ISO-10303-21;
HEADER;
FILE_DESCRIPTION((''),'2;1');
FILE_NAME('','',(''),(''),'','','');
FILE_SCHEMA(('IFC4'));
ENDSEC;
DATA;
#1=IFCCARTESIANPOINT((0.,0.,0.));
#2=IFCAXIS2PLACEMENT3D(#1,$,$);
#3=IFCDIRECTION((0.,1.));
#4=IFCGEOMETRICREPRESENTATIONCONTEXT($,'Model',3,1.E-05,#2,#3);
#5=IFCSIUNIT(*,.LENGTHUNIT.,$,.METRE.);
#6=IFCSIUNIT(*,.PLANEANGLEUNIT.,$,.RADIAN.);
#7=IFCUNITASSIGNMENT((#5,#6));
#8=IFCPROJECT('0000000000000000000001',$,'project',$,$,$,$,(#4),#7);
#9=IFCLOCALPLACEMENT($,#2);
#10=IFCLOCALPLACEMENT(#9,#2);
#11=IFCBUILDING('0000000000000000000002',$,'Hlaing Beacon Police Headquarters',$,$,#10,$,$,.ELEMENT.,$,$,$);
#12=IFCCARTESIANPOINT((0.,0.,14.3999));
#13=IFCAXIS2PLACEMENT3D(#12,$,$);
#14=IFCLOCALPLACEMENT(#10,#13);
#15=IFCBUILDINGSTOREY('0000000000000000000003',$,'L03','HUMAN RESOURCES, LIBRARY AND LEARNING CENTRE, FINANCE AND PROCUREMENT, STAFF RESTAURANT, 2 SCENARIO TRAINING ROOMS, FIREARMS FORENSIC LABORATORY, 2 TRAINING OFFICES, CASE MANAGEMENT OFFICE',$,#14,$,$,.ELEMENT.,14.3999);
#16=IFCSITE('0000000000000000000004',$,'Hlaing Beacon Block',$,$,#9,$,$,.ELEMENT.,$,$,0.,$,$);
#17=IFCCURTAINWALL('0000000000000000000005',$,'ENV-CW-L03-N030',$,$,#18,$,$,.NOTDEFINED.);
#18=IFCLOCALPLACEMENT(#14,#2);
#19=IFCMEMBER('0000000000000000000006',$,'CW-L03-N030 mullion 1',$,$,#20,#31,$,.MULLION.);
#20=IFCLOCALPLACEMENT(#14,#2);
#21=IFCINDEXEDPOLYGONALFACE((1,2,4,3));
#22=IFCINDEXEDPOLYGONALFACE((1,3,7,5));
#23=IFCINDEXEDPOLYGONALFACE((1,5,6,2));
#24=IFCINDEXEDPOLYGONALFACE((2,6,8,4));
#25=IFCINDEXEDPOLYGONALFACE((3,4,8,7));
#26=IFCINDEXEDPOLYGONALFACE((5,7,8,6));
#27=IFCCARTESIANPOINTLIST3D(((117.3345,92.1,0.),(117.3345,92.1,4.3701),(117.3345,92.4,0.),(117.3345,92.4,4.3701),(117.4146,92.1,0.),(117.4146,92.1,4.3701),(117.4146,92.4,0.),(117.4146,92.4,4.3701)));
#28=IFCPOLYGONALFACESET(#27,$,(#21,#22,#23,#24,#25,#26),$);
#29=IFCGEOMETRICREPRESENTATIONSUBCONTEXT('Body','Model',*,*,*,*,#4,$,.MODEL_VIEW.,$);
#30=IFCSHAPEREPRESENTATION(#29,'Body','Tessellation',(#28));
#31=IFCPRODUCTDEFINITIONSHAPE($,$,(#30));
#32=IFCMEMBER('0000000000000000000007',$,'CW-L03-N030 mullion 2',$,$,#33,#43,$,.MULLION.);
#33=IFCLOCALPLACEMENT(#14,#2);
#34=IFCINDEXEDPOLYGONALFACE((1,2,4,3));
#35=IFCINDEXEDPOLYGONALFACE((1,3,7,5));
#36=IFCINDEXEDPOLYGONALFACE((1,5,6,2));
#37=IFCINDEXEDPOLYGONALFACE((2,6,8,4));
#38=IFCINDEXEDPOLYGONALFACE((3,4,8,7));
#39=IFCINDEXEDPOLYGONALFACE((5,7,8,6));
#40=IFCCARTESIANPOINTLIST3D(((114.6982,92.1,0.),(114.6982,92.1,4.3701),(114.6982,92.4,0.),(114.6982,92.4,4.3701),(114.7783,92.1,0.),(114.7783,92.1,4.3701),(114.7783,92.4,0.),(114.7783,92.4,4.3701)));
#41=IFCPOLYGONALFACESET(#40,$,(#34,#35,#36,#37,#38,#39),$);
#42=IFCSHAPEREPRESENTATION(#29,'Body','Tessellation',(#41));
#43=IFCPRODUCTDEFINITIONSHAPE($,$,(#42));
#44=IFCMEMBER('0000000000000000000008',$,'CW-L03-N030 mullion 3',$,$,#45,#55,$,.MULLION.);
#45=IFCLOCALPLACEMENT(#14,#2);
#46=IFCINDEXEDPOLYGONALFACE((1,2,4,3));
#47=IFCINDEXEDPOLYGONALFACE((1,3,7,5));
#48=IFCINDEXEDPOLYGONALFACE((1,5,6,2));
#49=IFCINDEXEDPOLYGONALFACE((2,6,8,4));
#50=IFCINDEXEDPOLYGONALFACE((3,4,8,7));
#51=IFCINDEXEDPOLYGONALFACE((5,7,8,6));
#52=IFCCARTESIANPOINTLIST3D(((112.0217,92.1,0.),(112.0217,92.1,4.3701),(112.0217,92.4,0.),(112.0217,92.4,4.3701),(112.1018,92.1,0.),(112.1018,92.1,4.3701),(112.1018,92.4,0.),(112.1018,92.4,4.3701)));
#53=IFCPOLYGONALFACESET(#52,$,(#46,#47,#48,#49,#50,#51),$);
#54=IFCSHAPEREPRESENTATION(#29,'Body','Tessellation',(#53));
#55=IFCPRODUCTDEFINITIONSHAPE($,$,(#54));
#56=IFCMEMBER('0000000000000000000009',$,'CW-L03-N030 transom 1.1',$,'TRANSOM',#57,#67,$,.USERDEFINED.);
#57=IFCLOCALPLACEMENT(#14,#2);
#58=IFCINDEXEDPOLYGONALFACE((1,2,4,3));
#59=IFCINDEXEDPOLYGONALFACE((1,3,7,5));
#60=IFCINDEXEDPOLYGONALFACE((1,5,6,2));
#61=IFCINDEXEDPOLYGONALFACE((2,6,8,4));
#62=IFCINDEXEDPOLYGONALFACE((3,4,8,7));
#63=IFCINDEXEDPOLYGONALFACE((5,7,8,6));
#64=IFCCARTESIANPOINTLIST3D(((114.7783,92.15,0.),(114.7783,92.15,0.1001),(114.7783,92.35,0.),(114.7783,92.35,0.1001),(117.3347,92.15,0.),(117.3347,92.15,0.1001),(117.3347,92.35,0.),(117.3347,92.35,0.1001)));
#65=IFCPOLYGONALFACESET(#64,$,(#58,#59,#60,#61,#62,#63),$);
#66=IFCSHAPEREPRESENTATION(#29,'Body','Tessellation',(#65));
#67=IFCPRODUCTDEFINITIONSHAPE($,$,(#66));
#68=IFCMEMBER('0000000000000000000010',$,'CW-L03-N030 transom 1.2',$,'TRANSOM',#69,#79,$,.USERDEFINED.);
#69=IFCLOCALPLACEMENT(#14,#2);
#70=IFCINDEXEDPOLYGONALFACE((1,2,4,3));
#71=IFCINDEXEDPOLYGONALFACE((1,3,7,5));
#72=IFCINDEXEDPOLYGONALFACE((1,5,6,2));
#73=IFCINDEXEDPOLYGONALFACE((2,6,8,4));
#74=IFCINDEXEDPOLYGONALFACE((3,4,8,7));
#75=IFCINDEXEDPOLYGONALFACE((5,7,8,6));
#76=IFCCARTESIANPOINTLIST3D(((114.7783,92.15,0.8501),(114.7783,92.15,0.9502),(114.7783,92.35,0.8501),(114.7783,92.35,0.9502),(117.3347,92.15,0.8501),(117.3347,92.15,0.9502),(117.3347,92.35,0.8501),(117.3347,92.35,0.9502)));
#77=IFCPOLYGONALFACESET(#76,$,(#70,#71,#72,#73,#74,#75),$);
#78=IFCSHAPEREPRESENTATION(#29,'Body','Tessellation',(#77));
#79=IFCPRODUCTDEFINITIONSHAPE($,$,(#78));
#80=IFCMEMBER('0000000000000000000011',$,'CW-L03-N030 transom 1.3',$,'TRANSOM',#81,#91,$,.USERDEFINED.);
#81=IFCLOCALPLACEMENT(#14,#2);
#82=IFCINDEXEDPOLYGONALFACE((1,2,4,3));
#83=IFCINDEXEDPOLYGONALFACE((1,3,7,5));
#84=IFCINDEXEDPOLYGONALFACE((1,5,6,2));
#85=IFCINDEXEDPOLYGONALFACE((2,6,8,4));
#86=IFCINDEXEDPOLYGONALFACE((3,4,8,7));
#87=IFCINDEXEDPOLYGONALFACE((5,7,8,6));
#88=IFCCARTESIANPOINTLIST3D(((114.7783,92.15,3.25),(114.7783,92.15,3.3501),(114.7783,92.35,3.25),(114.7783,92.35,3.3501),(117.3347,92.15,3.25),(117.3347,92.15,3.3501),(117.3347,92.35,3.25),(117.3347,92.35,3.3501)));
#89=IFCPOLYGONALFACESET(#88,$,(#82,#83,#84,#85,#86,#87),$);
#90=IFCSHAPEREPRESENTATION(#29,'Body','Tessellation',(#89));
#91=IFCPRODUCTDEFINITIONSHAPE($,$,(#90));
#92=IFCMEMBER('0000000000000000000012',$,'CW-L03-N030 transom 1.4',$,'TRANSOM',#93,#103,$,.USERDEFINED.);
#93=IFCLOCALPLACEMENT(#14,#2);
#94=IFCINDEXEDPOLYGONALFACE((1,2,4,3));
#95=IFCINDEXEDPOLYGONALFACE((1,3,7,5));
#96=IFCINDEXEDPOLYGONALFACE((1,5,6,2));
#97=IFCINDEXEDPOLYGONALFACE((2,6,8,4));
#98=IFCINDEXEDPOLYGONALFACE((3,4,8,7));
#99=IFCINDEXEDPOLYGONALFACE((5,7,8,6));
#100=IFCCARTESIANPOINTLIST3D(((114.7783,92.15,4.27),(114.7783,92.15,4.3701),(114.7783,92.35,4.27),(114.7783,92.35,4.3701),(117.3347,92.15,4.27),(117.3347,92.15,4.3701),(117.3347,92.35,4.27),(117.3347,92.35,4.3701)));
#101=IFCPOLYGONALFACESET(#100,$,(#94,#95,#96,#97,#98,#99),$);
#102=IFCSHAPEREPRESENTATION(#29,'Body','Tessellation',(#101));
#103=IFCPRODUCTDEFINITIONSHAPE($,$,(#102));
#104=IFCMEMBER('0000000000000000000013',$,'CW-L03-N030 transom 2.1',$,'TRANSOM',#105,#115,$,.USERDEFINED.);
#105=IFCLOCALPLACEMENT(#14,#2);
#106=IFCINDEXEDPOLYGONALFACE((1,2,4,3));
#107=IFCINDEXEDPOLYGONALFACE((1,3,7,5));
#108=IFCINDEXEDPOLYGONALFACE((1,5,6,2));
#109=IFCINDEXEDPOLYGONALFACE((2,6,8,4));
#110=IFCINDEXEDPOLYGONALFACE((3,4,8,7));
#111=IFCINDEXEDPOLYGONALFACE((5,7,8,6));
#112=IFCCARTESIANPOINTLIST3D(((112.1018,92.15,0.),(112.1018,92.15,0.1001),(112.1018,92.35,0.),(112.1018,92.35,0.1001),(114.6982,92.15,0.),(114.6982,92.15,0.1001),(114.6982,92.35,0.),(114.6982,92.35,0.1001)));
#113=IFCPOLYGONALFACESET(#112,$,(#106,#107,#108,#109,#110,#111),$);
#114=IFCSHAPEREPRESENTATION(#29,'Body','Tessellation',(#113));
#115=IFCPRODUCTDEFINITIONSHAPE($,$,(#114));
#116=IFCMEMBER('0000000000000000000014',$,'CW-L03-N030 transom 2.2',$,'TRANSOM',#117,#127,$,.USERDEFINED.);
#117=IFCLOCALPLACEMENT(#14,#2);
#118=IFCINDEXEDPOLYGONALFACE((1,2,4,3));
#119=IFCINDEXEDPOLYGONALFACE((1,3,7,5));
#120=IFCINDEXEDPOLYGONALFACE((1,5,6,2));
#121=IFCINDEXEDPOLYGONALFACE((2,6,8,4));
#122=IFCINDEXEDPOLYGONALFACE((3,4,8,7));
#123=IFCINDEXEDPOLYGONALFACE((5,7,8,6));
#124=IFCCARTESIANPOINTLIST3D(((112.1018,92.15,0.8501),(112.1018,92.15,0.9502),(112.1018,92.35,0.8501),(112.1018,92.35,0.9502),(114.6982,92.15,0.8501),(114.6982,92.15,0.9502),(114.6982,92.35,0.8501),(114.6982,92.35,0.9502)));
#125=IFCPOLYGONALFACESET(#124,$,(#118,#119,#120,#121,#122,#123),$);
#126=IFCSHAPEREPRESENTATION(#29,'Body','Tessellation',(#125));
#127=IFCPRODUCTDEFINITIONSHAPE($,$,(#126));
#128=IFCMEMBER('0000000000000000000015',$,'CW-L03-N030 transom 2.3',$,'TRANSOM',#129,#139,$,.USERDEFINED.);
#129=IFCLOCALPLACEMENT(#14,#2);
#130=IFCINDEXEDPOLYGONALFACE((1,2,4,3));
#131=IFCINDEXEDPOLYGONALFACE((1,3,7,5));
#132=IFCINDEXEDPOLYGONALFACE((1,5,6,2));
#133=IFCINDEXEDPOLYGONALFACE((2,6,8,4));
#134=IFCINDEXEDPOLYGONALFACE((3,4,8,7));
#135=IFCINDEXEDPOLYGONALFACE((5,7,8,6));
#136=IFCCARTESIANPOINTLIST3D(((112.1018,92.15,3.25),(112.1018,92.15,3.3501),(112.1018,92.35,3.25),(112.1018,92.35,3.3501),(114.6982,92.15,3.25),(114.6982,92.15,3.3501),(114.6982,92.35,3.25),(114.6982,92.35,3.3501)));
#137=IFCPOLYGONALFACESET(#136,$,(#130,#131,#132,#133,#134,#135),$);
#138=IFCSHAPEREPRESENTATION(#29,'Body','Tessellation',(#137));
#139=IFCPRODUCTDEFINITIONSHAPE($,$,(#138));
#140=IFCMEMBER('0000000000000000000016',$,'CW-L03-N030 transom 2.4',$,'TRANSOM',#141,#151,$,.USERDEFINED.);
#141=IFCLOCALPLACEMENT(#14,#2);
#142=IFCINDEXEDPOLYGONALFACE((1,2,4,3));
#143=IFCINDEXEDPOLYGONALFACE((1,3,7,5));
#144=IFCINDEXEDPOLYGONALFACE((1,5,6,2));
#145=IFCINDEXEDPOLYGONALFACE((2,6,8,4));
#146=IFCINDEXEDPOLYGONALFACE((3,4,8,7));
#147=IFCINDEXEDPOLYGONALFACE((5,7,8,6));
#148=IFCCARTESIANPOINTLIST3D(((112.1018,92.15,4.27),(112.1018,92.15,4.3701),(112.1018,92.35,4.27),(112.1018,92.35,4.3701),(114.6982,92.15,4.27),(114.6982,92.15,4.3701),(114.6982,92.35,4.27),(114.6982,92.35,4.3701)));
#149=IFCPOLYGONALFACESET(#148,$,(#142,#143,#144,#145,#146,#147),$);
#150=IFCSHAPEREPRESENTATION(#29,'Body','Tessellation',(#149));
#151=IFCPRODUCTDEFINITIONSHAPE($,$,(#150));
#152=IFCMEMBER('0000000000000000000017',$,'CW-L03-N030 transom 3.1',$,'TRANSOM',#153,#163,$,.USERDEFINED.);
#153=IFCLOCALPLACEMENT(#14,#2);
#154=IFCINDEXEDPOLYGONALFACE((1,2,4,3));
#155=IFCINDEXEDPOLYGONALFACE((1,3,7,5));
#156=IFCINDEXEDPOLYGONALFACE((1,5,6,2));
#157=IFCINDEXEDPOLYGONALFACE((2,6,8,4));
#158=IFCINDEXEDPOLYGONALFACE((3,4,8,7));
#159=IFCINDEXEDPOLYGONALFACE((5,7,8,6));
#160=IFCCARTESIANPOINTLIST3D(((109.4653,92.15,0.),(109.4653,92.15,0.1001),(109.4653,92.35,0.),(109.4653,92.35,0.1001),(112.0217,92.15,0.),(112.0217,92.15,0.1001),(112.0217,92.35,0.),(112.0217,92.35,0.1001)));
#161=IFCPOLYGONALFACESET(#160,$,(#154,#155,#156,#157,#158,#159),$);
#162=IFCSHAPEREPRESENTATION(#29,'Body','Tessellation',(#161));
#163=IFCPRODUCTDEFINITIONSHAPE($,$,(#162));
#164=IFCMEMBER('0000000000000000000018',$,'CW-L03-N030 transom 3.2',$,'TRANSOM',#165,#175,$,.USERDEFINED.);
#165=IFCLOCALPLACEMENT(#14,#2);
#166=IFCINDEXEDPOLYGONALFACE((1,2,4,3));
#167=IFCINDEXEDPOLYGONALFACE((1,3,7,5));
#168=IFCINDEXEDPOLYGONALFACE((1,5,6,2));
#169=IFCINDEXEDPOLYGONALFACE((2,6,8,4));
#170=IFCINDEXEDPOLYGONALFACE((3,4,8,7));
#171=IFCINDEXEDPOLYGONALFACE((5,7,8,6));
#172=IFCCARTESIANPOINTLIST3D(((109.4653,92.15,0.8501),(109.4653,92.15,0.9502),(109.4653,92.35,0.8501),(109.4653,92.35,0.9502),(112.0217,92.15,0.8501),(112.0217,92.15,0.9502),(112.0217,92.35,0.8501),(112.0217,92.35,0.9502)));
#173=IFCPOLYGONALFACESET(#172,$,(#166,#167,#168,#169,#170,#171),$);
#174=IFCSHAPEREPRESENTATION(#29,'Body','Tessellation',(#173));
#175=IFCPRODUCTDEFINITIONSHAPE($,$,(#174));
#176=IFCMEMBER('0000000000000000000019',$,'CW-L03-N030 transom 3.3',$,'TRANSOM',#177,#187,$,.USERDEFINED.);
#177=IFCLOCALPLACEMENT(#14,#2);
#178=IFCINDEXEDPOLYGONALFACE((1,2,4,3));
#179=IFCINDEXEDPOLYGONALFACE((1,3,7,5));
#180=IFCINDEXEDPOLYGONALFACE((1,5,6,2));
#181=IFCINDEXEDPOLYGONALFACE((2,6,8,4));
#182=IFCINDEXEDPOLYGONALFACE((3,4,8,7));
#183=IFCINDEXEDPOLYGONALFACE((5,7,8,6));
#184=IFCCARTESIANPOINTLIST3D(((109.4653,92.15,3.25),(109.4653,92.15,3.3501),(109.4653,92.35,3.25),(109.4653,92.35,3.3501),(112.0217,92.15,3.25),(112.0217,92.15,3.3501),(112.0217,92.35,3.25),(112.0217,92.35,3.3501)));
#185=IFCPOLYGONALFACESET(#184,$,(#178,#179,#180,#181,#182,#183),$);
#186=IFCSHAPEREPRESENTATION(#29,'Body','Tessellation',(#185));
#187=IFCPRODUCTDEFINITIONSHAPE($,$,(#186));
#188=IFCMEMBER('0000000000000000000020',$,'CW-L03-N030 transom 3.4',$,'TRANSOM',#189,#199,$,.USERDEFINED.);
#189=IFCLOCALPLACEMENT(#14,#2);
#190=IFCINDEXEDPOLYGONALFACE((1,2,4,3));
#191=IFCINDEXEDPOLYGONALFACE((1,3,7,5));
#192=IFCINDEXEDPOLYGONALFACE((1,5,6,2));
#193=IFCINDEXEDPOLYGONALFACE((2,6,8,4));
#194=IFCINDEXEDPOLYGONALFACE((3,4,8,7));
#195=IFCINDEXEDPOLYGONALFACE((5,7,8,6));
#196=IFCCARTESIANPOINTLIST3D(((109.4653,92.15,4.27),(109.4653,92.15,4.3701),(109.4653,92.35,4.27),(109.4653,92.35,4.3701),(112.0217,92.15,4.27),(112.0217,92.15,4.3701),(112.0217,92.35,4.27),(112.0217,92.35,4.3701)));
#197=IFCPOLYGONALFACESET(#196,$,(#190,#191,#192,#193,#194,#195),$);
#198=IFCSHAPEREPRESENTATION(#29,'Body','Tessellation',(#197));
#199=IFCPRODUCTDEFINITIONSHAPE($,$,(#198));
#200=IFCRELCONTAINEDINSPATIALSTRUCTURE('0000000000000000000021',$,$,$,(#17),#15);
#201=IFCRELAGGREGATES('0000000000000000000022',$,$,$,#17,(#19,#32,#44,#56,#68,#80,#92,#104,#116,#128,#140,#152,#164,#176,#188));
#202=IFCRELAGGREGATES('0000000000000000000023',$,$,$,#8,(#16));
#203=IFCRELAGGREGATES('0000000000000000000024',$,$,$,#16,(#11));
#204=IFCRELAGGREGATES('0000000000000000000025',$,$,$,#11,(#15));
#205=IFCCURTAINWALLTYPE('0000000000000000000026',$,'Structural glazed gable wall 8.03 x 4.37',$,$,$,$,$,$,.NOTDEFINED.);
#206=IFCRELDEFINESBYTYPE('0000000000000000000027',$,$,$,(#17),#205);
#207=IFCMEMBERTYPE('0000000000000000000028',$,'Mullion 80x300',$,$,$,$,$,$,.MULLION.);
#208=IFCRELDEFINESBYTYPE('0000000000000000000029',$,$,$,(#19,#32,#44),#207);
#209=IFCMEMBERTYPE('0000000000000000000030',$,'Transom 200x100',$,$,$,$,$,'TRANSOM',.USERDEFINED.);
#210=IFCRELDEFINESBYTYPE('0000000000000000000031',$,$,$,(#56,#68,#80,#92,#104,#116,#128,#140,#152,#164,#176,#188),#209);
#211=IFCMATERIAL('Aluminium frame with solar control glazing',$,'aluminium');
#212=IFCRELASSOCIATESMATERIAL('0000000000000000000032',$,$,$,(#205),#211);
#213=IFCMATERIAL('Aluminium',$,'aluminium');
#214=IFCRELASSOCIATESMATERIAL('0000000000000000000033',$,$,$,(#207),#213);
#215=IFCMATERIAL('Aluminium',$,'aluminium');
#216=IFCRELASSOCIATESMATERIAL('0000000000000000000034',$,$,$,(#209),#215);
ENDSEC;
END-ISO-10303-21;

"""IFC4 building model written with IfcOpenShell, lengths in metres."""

from ifc_helpers import new_model, si_unit, direction, frame, origin, origin_2d, place, context, subcontext, project, spatial, rectangle, extrude, material, material_profile, profile_set, type_object, element, aggregate, save


model = new_model("IFC4")

# Units and contexts
model_context = context("Model", 3, precision=1e-05, world=origin(), true_north=direction((0.0, 1.0)))
body_context = subcontext(model_context, "Body", "Model", "MODEL_VIEW")
ifc_project = project(units=[si_unit("LENGTHUNIT", "METRE"), si_unit("PLANEANGLEUNIT", "RADIAN")], contexts=[model_context])

# Site, building, storey
site_placement = place(None, origin())
site = spatial("IfcSite", under=ifc_project, at=site_placement, Name="Hlaing Beacon Block", CompositionType="ELEMENT", RefElevation=0.0)
building_placement = place(site_placement, origin())
building = spatial("IfcBuilding", under=site, at=building_placement, Name="Hlaing Beacon Police Headquarters", CompositionType="ELEMENT")
storey_placement = place(building_placement, frame((0.0, 0.0, 14.3999)))
storey = spatial("IfcBuildingStorey", under=building, at=storey_placement, Name="L03", Description="HUMAN RESOURCES, LIBRARY AND LEARNING CENTRE, FINANCE AND PROCUREMENT, STAFF RESTAURANT, 2 SCENARIO TRAINING ROOMS, FIREARMS FORENSIC LABORATORY, 2 TRAINING OFFICES, CASE MANAGEMENT OFFICE", CompositionType="ELEMENT", Elevation=14.3999)

# Curtain wall, members
ifc_material_1 = material(Name="Aluminium frame with solar control glazing", Category="aluminium")
curtain_wall_type = type_object("IfcCurtainWallType", Name="Structural glazed gable wall 8.03 x 4.37", PredefinedType="NOTDEFINED", material=ifc_material_1)
curtain_wall_placement = place(storey_placement, origin())
curtain_wall = element("IfcCurtainWall", 1, at=curtain_wall_placement, inside=storey, type_object=curtain_wall_type, Name="ENV-CW-L03-N030", PredefinedType="NOTDEFINED")
ifc_material_2 = material(Name="Aluminium", Category="aluminium")
ifc_material_profile_1 = material_profile(ifc_material_2, rectangle(XDim=0.3, YDim=0.0801, at=origin_2d()), Name="Mullion 80x300")
ifc_profile_set_1 = profile_set([ifc_material_profile_1], Name="Aluminium")
member_type_1 = type_object("IfcMemberType", Name="Mullion 80x300", PredefinedType="MULLION", material=ifc_profile_set_1)
member_1_placement = place(storey_placement, frame((117.3745, 92.25, 0.0), z_axis=(0.0, 0.0, 1.0), x_axis=(0.0, -1.0, 0.0)))
member_1 = element("IfcMember", 2, at=member_1_placement, type_object=member_type_1, Name="CW-L03-N030 mullion 1", PredefinedType="MULLION", context=body_context, shape_type="SweptSolid", body=[
    extrude(rectangle(XDim=0.3, YDim=0.0801, at=origin_2d()), origin(), (0.0, 0.0, 1.0), 4.3701),
])
member_2_placement = place(storey_placement, frame((114.7383, 92.25, 0.0), z_axis=(0.0, 0.0, 1.0), x_axis=(0.0, -1.0, 0.0)))
member_2 = element("IfcMember", 3, at=member_2_placement, type_object=member_type_1, Name="CW-L03-N030 mullion 2", PredefinedType="MULLION", context=body_context, shape_type="SweptSolid", body=[
    extrude(rectangle(XDim=0.3, YDim=0.0801, at=origin_2d()), origin(), (0.0, 0.0, 1.0), 4.3701),
])
member_3_placement = place(storey_placement, frame((112.0618, 92.25, 0.0), z_axis=(0.0, 0.0, 1.0), x_axis=(0.0, -1.0, 0.0)))
member_3 = element("IfcMember", 4, at=member_3_placement, type_object=member_type_1, Name="CW-L03-N030 mullion 3", PredefinedType="MULLION", context=body_context, shape_type="SweptSolid", body=[
    extrude(rectangle(XDim=0.3, YDim=0.0801, at=origin_2d()), origin(), (0.0, 0.0, 1.0), 4.3701),
])
ifc_material_3 = material(Name="Aluminium", Category="aluminium")
ifc_material_profile_2 = material_profile(ifc_material_3, rectangle(XDim=0.2, YDim=0.1001, at=origin_2d()), Name="Transom 200x100")
ifc_profile_set_2 = profile_set([ifc_material_profile_2], Name="Aluminium")
member_type_2 = type_object("IfcMemberType", Name="Transom 200x100", ElementType="TRANSOM", PredefinedType="USERDEFINED", material=ifc_profile_set_2)
member_4_placement = place(storey_placement, frame((117.3347, 92.25, 0.05), z_axis=(-1.0, 0.0, 0.0), x_axis=(0.0, -1.0, 0.0)))
member_4 = element("IfcMember", 5, at=member_4_placement, type_object=member_type_2, Name="CW-L03-N030 transom 1.1", ObjectType="TRANSOM", PredefinedType="USERDEFINED", context=body_context, shape_type="SweptSolid", body=[
    extrude(rectangle(XDim=0.2, YDim=0.1001, at=origin_2d()), origin(), (0.0, 0.0, 1.0), 2.5564),
])
member_5_placement = place(storey_placement, frame((117.3347, 92.25, 0.9001), z_axis=(-1.0, 0.0, 0.0), x_axis=(0.0, -1.0, 0.0)))
member_5 = element("IfcMember", 6, at=member_5_placement, type_object=member_type_2, Name="CW-L03-N030 transom 1.2", ObjectType="TRANSOM", PredefinedType="USERDEFINED", context=body_context, shape_type="SweptSolid", body=[
    extrude(rectangle(XDim=0.2, YDim=0.1001, at=origin_2d()), origin(), (0.0, 0.0, 1.0), 2.5564),
])
member_6_placement = place(storey_placement, frame((117.3347, 92.25, 3.3), z_axis=(-1.0, 0.0, 0.0), x_axis=(0.0, -1.0, 0.0)))
member_6 = element("IfcMember", 7, at=member_6_placement, type_object=member_type_2, Name="CW-L03-N030 transom 1.3", ObjectType="TRANSOM", PredefinedType="USERDEFINED", context=body_context, shape_type="SweptSolid", body=[
    extrude(rectangle(XDim=0.2, YDim=0.1001, at=origin_2d()), origin(), (0.0, 0.0, 1.0), 2.5564),
])
member_7_placement = place(storey_placement, frame((117.3347, 92.25, 4.3201), z_axis=(-1.0, 0.0, 0.0), x_axis=(0.0, -1.0, 0.0)))
member_7 = element("IfcMember", 8, at=member_7_placement, type_object=member_type_2, Name="CW-L03-N030 transom 1.4", ObjectType="TRANSOM", PredefinedType="USERDEFINED", context=body_context, shape_type="SweptSolid", body=[
    extrude(rectangle(XDim=0.2, YDim=0.1001, at=origin_2d()), origin(), (0.0, 0.0, 1.0), 2.5564),
])
member_8_placement = place(storey_placement, frame((114.6982, 92.25, 0.05), z_axis=(-1.0, 0.0, 0.0), x_axis=(0.0, -1.0, 0.0)))
member_8 = element("IfcMember", 9, at=member_8_placement, type_object=member_type_2, Name="CW-L03-N030 transom 2.1", ObjectType="TRANSOM", PredefinedType="USERDEFINED", context=body_context, shape_type="SweptSolid", body=[
    extrude(rectangle(XDim=0.2, YDim=0.1001, at=origin_2d()), origin(), (0.0, 0.0, 1.0), 2.5964),
])
member_9_placement = place(storey_placement, frame((114.6982, 92.25, 0.9001), z_axis=(-1.0, 0.0, 0.0), x_axis=(0.0, -1.0, 0.0)))
member_9 = element("IfcMember", 10, at=member_9_placement, type_object=member_type_2, Name="CW-L03-N030 transom 2.2", ObjectType="TRANSOM", PredefinedType="USERDEFINED", context=body_context, shape_type="SweptSolid", body=[
    extrude(rectangle(XDim=0.2, YDim=0.1001, at=origin_2d()), origin(), (0.0, 0.0, 1.0), 2.5964),
])
member_10_placement = place(storey_placement, frame((114.6982, 92.25, 3.3), z_axis=(-1.0, 0.0, 0.0), x_axis=(0.0, -1.0, 0.0)))
member_10 = element("IfcMember", 11, at=member_10_placement, type_object=member_type_2, Name="CW-L03-N030 transom 2.3", ObjectType="TRANSOM", PredefinedType="USERDEFINED", context=body_context, shape_type="SweptSolid", body=[
    extrude(rectangle(XDim=0.2, YDim=0.1001, at=origin_2d()), origin(), (0.0, 0.0, 1.0), 2.5964),
])
member_11_placement = place(storey_placement, frame((114.6982, 92.25, 4.3201), z_axis=(-1.0, 0.0, 0.0), x_axis=(0.0, -1.0, 0.0)))
member_11 = element("IfcMember", 12, at=member_11_placement, type_object=member_type_2, Name="CW-L03-N030 transom 2.4", ObjectType="TRANSOM", PredefinedType="USERDEFINED", context=body_context, shape_type="SweptSolid", body=[
    extrude(rectangle(XDim=0.2, YDim=0.1001, at=origin_2d()), origin(), (0.0, 0.0, 1.0), 2.5964),
])
member_12_placement = place(storey_placement, frame((112.0217, 92.25, 0.05), z_axis=(-1.0, 0.0, 0.0), x_axis=(0.0, -1.0, 0.0)))
member_12 = element("IfcMember", 13, at=member_12_placement, type_object=member_type_2, Name="CW-L03-N030 transom 3.1", ObjectType="TRANSOM", PredefinedType="USERDEFINED", context=body_context, shape_type="SweptSolid", body=[
    extrude(rectangle(XDim=0.2, YDim=0.1001, at=origin_2d()), origin(), (0.0, 0.0, 1.0), 2.5564),
])
member_13_placement = place(storey_placement, frame((112.0217, 92.25, 0.9001), z_axis=(-1.0, 0.0, 0.0), x_axis=(0.0, -1.0, 0.0)))
member_13 = element("IfcMember", 14, at=member_13_placement, type_object=member_type_2, Name="CW-L03-N030 transom 3.2", ObjectType="TRANSOM", PredefinedType="USERDEFINED", context=body_context, shape_type="SweptSolid", body=[
    extrude(rectangle(XDim=0.2, YDim=0.1001, at=origin_2d()), origin(), (0.0, 0.0, 1.0), 2.5564),
])
member_14_placement = place(storey_placement, frame((112.0217, 92.25, 3.3), z_axis=(-1.0, 0.0, 0.0), x_axis=(0.0, -1.0, 0.0)))
member_14 = element("IfcMember", 15, at=member_14_placement, type_object=member_type_2, Name="CW-L03-N030 transom 3.3", ObjectType="TRANSOM", PredefinedType="USERDEFINED", context=body_context, shape_type="SweptSolid", body=[
    extrude(rectangle(XDim=0.2, YDim=0.1001, at=origin_2d()), origin(), (0.0, 0.0, 1.0), 2.5564),
])
member_15_placement = place(storey_placement, frame((112.0217, 92.25, 4.3201), z_axis=(-1.0, 0.0, 0.0), x_axis=(0.0, -1.0, 0.0)))
member_15 = element("IfcMember", 16, at=member_15_placement, type_object=member_type_2, Name="CW-L03-N030 transom 3.4", ObjectType="TRANSOM", PredefinedType="USERDEFINED", context=body_context, shape_type="SweptSolid", body=[
    extrude(rectangle(XDim=0.2, YDim=0.1001, at=origin_2d()), origin(), (0.0, 0.0, 1.0), 2.5564),
])
aggregate(curtain_wall, [member_1, member_2, member_3, member_4, member_5, member_6, member_7, member_8, member_9, member_10, member_11, member_12, member_13, member_14, member_15])

save(model, "model.ifc")
